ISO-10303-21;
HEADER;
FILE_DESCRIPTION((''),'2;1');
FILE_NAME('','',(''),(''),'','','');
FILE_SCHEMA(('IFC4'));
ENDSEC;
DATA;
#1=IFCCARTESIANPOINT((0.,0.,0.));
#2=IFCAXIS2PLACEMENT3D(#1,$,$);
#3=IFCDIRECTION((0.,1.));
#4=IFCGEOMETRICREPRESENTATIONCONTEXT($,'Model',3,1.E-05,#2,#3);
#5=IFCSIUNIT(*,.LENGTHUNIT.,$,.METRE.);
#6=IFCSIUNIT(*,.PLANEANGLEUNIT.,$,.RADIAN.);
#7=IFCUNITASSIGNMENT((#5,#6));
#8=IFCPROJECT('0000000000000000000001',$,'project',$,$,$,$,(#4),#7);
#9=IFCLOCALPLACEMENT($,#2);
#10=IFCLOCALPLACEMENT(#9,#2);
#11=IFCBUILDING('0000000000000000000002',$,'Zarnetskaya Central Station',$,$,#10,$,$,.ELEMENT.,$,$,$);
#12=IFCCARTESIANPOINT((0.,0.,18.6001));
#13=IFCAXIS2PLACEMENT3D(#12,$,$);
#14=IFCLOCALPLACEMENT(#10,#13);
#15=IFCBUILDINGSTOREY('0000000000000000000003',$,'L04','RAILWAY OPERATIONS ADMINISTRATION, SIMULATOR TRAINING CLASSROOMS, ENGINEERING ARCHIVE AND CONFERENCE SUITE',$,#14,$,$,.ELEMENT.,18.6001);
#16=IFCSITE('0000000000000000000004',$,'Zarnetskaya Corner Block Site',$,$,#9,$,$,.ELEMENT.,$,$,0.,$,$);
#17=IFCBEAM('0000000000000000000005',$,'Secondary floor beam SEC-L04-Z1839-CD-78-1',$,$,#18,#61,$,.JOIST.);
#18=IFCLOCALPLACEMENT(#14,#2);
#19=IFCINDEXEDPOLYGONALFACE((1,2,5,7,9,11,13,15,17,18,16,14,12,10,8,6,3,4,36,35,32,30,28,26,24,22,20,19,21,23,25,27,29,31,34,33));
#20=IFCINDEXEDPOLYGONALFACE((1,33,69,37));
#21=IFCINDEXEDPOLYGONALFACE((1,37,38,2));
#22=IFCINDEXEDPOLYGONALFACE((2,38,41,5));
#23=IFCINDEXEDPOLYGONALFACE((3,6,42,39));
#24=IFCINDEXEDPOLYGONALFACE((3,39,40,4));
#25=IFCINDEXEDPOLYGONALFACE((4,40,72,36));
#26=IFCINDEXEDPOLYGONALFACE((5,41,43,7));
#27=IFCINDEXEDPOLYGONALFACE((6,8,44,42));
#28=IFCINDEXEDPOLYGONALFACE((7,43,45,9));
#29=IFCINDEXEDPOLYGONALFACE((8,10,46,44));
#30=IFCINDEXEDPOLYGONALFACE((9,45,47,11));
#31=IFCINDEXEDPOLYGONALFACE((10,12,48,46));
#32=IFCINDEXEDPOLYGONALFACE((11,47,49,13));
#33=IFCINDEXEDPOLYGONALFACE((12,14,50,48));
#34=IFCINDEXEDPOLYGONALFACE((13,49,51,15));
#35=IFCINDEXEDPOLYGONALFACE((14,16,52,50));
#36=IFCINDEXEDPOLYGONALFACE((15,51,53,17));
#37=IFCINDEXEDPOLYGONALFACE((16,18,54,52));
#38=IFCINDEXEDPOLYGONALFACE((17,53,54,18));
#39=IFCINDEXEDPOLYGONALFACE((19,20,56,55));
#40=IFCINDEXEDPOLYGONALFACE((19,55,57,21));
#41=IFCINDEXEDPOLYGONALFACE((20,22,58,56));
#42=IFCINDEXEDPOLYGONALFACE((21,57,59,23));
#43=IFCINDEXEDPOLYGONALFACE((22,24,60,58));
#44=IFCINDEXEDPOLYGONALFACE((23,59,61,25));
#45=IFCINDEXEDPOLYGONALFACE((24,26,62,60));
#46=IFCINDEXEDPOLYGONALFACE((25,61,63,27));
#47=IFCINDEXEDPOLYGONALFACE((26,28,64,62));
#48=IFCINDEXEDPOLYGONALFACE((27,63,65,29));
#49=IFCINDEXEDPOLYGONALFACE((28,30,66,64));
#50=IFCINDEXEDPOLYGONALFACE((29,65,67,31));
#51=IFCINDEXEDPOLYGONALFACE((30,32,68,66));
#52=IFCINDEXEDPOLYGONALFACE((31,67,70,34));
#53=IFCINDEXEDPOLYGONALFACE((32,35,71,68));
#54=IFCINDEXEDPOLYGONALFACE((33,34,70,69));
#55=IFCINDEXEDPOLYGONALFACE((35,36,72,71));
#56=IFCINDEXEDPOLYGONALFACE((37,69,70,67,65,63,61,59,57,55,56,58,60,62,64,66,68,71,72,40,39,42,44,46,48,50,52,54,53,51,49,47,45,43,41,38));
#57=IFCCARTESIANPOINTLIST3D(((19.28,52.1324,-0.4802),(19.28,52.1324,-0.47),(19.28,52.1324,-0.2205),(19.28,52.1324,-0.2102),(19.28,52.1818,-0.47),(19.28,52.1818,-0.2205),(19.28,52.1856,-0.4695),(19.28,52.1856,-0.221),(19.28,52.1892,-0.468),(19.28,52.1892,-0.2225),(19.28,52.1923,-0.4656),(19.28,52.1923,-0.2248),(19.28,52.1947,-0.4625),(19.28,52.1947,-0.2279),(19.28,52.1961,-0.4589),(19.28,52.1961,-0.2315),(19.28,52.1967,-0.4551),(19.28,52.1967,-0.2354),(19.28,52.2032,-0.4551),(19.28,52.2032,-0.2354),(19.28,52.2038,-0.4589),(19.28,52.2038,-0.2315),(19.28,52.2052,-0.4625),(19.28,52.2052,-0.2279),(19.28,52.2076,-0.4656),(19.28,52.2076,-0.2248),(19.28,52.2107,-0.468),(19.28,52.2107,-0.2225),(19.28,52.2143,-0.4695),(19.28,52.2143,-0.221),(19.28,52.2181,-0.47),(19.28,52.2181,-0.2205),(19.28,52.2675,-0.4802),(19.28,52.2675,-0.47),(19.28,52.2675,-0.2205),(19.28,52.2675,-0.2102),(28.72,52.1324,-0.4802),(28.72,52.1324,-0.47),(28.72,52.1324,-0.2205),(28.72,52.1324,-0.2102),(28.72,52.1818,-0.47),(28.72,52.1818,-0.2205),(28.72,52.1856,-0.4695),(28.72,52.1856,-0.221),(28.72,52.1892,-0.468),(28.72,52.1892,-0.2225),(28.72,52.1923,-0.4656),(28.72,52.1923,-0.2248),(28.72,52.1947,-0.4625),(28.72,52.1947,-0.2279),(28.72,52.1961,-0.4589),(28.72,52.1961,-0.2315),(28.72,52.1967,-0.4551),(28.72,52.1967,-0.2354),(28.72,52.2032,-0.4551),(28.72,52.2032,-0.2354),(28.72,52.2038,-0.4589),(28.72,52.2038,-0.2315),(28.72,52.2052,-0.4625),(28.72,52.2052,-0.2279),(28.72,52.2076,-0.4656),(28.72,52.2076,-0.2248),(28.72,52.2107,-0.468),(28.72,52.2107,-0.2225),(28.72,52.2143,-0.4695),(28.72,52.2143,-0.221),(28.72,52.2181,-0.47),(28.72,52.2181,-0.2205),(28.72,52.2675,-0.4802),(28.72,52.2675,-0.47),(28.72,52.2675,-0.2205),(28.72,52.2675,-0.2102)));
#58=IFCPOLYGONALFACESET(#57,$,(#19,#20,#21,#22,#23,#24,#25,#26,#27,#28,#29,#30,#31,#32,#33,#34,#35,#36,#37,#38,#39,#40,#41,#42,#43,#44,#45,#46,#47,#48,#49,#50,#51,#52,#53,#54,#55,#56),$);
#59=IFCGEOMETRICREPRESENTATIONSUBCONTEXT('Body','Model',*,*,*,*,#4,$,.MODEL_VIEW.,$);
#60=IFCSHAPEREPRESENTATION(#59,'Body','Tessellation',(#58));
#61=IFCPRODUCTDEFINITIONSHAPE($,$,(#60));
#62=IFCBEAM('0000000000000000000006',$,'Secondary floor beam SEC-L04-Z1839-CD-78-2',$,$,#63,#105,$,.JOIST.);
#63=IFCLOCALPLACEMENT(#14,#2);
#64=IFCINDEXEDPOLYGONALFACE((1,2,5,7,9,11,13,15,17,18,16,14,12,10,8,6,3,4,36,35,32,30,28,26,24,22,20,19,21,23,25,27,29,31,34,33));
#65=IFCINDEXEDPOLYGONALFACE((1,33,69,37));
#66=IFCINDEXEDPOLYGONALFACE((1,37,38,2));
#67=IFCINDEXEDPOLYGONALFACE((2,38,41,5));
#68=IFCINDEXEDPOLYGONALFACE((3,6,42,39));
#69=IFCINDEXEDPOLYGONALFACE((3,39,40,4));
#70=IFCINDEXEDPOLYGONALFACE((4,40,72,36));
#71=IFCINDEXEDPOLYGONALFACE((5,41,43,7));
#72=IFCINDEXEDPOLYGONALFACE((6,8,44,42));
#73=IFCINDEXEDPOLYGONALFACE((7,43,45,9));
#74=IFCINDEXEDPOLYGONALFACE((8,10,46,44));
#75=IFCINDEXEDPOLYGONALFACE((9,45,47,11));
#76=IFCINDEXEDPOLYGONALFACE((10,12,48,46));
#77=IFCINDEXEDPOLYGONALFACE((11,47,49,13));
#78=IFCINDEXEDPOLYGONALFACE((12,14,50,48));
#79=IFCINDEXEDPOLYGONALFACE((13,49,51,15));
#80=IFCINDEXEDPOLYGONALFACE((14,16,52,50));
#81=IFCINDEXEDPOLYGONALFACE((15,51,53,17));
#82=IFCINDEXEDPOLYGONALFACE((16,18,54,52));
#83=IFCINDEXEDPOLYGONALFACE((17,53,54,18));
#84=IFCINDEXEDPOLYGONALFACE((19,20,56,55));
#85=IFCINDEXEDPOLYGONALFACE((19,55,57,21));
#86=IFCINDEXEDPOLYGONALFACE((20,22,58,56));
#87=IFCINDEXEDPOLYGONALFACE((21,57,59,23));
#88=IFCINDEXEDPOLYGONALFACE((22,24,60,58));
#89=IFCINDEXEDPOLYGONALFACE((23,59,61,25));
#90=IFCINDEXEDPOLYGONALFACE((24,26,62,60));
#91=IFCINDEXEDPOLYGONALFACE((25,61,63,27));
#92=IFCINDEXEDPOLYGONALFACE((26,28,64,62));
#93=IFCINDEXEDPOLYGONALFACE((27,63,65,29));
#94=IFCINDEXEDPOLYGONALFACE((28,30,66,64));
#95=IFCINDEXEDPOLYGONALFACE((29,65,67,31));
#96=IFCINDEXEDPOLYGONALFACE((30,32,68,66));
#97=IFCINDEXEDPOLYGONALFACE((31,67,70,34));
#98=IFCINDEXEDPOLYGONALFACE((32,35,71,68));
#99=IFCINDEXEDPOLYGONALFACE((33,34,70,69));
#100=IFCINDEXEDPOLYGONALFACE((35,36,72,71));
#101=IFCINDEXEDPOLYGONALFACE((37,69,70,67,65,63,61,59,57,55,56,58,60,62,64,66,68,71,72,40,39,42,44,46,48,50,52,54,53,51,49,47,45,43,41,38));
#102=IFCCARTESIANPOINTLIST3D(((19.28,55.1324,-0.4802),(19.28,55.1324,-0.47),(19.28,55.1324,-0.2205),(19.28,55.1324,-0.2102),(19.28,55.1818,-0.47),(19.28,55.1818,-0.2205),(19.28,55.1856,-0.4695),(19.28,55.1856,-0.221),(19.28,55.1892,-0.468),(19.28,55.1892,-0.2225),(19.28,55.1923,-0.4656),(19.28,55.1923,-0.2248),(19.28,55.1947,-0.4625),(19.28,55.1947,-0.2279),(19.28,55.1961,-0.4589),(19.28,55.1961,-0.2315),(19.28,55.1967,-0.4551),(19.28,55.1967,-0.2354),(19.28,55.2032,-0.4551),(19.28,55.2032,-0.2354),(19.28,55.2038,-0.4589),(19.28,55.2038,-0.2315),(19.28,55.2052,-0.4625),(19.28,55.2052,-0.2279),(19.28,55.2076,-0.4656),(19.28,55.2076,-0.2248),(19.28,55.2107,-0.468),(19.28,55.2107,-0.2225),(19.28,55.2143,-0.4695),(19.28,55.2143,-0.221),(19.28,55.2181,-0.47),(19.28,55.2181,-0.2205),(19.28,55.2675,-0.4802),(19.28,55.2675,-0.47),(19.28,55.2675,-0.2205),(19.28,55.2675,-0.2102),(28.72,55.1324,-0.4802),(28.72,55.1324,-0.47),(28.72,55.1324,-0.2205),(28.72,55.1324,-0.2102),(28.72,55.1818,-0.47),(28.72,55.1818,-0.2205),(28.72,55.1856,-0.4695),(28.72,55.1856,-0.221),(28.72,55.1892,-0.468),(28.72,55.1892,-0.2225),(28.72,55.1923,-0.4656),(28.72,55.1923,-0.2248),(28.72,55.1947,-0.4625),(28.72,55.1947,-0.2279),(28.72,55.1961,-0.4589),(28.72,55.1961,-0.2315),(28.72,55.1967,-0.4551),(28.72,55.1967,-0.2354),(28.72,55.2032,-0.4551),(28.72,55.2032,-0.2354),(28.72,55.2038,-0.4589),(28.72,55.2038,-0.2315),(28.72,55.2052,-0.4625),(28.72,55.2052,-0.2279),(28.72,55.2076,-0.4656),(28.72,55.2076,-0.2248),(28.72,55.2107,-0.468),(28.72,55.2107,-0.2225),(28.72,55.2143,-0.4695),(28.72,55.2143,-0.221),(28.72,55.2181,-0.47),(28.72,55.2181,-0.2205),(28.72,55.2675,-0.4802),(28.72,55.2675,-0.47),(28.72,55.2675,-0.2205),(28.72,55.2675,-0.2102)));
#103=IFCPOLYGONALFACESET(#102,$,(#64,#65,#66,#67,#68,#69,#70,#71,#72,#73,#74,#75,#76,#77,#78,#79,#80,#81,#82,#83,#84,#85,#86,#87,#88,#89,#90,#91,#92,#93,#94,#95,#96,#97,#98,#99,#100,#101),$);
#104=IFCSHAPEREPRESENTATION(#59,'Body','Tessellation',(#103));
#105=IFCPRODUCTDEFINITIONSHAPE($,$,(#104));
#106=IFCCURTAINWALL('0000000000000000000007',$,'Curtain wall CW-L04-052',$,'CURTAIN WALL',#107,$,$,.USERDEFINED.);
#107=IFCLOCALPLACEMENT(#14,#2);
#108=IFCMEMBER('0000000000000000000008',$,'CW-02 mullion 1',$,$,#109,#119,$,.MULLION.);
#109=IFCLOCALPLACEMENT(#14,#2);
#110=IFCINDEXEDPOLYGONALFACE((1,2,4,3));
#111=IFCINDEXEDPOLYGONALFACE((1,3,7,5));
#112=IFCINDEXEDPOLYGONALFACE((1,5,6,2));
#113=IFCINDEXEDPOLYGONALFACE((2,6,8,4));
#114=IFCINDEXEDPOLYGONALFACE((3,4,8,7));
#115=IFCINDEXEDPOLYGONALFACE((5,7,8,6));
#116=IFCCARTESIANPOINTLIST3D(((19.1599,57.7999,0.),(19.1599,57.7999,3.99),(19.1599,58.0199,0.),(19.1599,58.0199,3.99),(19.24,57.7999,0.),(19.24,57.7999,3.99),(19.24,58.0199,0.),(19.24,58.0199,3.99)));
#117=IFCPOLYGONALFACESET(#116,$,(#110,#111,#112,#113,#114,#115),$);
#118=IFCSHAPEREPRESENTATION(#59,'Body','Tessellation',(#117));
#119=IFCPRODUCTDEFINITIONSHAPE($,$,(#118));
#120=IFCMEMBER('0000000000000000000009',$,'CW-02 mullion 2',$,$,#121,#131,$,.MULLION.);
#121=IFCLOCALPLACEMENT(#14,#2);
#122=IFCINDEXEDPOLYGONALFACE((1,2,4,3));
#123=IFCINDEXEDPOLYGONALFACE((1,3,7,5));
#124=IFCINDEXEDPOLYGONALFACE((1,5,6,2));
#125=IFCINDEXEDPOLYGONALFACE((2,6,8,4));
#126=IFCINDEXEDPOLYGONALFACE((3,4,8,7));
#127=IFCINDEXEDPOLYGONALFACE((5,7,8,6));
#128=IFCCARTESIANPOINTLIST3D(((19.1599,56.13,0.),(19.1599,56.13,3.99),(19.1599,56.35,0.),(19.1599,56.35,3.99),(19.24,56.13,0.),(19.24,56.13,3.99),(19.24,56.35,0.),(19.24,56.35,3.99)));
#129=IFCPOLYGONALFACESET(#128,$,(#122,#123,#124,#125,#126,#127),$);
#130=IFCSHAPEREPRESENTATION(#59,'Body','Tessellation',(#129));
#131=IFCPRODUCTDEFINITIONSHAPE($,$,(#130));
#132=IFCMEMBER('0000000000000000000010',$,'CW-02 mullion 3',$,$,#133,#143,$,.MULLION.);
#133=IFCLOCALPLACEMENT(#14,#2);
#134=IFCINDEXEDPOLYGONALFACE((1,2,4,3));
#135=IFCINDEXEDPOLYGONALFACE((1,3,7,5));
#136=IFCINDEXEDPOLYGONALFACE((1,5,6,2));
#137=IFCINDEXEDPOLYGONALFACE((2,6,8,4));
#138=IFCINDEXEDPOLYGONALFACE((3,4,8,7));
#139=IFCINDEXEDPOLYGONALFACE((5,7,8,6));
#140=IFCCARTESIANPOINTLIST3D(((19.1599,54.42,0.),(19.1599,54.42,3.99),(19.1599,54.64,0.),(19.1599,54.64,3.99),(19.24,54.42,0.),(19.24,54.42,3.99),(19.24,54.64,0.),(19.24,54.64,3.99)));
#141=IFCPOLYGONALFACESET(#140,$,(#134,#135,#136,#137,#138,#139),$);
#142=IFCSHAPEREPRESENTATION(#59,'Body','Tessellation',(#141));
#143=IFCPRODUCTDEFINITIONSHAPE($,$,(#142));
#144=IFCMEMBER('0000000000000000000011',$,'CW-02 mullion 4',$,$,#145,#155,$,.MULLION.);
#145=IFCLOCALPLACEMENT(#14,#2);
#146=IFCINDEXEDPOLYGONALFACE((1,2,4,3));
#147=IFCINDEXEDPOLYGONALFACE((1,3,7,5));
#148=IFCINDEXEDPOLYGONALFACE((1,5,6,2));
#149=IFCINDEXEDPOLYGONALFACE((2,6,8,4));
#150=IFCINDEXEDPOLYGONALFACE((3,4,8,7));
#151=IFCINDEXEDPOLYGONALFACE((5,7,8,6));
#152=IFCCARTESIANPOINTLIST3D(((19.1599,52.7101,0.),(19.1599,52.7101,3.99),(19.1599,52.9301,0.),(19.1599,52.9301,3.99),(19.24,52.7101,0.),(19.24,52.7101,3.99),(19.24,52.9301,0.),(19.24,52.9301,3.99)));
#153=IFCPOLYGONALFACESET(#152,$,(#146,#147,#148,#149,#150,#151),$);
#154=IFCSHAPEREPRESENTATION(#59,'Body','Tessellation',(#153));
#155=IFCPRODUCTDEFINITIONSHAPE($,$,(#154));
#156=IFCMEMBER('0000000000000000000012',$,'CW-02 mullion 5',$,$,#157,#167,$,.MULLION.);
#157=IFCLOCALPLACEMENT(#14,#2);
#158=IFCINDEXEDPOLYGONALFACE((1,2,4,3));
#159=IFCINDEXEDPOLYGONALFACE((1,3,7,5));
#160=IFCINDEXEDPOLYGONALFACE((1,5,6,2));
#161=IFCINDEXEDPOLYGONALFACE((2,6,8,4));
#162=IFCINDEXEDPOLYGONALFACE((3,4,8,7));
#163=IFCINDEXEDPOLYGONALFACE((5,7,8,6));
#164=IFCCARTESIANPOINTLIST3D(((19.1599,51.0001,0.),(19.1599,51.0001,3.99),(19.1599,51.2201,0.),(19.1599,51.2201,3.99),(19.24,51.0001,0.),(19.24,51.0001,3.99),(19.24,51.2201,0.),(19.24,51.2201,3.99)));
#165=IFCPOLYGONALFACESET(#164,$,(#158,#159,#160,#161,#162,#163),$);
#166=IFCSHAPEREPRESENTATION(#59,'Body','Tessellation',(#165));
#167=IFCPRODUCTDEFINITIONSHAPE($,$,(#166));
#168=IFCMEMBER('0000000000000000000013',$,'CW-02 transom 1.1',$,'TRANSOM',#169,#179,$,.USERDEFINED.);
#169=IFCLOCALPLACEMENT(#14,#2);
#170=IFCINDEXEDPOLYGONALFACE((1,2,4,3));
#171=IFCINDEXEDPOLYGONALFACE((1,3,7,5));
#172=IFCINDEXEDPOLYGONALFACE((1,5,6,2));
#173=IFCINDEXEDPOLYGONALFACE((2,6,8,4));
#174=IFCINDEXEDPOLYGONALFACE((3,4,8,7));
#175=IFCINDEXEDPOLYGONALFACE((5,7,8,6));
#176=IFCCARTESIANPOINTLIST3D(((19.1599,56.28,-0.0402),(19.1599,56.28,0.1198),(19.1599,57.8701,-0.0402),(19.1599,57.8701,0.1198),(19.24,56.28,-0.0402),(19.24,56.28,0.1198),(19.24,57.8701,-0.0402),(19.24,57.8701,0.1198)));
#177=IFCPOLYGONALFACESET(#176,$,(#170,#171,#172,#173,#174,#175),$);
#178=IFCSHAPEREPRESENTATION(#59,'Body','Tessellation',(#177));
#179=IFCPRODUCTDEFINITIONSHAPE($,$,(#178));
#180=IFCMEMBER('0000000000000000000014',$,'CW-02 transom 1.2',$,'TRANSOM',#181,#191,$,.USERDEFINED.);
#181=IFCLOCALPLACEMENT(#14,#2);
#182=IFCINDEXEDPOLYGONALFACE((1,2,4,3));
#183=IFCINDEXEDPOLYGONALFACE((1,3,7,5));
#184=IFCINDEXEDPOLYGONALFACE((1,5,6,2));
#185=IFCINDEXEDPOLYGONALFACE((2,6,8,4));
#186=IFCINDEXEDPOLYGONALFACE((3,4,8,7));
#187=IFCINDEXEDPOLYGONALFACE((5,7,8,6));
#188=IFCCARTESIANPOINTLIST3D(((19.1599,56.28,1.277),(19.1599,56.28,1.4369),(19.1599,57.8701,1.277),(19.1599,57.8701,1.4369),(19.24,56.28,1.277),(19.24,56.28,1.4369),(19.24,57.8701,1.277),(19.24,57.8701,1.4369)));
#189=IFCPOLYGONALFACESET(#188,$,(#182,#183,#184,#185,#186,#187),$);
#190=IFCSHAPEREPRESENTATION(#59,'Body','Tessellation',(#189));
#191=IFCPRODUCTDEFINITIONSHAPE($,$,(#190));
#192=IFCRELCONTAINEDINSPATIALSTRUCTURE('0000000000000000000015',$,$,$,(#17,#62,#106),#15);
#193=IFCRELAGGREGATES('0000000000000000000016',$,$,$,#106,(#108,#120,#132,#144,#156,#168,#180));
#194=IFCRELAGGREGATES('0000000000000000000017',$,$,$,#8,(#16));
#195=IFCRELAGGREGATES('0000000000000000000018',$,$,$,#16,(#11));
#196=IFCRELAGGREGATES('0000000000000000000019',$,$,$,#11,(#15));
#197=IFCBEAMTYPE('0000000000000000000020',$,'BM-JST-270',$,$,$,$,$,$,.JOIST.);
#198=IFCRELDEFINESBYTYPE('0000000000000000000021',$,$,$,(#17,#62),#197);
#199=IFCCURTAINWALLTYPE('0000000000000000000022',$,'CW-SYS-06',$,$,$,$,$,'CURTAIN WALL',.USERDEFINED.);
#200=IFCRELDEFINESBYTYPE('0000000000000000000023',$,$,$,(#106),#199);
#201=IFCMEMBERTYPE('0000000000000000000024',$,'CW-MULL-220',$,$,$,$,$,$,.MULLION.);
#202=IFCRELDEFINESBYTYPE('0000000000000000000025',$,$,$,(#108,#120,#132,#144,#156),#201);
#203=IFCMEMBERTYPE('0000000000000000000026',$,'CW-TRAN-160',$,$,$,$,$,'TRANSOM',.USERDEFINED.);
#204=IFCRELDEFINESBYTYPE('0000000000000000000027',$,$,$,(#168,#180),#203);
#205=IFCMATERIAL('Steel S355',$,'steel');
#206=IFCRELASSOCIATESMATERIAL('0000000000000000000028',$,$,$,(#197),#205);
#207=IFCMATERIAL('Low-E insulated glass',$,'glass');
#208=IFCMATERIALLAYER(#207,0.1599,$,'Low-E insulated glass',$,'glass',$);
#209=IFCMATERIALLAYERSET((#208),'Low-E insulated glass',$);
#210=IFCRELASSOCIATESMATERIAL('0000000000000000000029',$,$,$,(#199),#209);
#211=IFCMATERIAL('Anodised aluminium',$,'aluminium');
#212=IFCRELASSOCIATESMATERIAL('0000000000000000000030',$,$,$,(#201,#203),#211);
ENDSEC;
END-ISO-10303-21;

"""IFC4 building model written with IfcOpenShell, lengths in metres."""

from ifc_helpers import new_model, si_unit, direction, frame, origin, origin_2d, place, context, subcontext, project, spatial, rectangle, i_section, extrude, material, layer, layer_set, material_profile, profile_set, type_object, element, aggregate, save


model = new_model("IFC4")

# Units and contexts
model_context = context("Model", 3, precision=1e-05, world=origin(), true_north=direction((0.0, 1.0)))
body_context = subcontext(model_context, "Body", "Model", "MODEL_VIEW")
ifc_project = project(units=[si_unit("LENGTHUNIT", "METRE"), si_unit("PLANEANGLEUNIT", "RADIAN")], contexts=[model_context])

# Site, building, storey
site_placement = place(None, origin())
site = spatial("IfcSite", under=ifc_project, at=site_placement, Name="Zarnetskaya Corner Block Site", CompositionType="ELEMENT", RefElevation=0.0)
building_placement = place(site_placement, origin())
building = spatial("IfcBuilding", under=site, at=building_placement, Name="Zarnetskaya Central Station", CompositionType="ELEMENT")
storey_placement = place(building_placement, frame((0.0, 0.0, 18.6001)))
storey = spatial("IfcBuildingStorey", under=building, at=storey_placement, Name="L04", Description="RAILWAY OPERATIONS ADMINISTRATION, SIMULATOR TRAINING CLASSROOMS, ENGINEERING ARCHIVE AND CONFERENCE SUITE", CompositionType="ELEMENT", Elevation=18.6001)

# Beams
ifc_material_1 = material(Name="Steel S355", Category="steel")
ifc_material_profile_1 = material_profile(ifc_material_1, i_section(OverallWidth=0.135, OverallDepth=0.27, WebThickness=0.0066, FlangeThickness=0.0103, FilletRadius=0.0149, at=origin_2d()), Name="IPE 270")
ifc_profile_set_1 = profile_set([ifc_material_profile_1], Name="Steel S355")
beam_type_1 = type_object("IfcBeamType", Name="BM-JST-270", PredefinedType="JOIST", material=ifc_profile_set_1)
for number, where, z_axis, x_axis, name in (
    (1, (19.28, 52.2, -0.3452), (1.0, 0.0, 0.0), (0.0, 1.0, 0.0), "Secondary floor beam SEC-L04-Z1839-CD-78-1"),
    (2, (19.28, 55.2, -0.3452), (1.0, 0.0, 0.0), (0.0, 1.0, 0.0), "Secondary floor beam SEC-L04-Z1839-CD-78-2"),
):
    element("IfcBeam", number, at=place(storey_placement, frame(where, z_axis=z_axis, x_axis=x_axis)), inside=storey, type_object=beam_type_1, Name=name, PredefinedType="JOIST", context=body_context, shape_type="SweptSolid", body=[
        extrude(i_section(OverallWidth=0.135, OverallDepth=0.27, WebThickness=0.0066, FlangeThickness=0.0103, FilletRadius=0.0149, at=origin_2d()), origin(), (0.0, 0.0, 1.0), 9.4399),
    ])

# Curtain wall, members
ifc_material_2 = material(Name="Low-E insulated glass", Category="glass")
ifc_layer_1 = layer(ifc_material_2, 0.1599, Name="Low-E insulated glass", Category="glass")
ifc_layer_set_1 = layer_set([ifc_layer_1], Name="Low-E insulated glass")
curtain_wall_type = type_object("IfcCurtainWallType", Name="CW-SYS-06", ElementType="CURTAIN WALL", PredefinedType="USERDEFINED", material=ifc_layer_set_1)
curtain_wall_placement = place(storey_placement, origin())
curtain_wall = element("IfcCurtainWall", 3, at=curtain_wall_placement, inside=storey, type_object=curtain_wall_type, Name="Curtain wall CW-L04-052", ObjectType="CURTAIN WALL", PredefinedType="USERDEFINED")
ifc_material_3 = material(Name="Anodised aluminium", Category="aluminium")
ifc_material_profile_2 = material_profile(ifc_material_3, rectangle(XDim=0.0801, YDim=0.22, at=origin_2d()), Name="ALU MULL 80x220")
ifc_profile_set_2 = profile_set([ifc_material_profile_2], Name="Anodised aluminium")
member_type_1 = type_object("IfcMemberType", Name="CW-MULL-220", PredefinedType="MULLION", material=ifc_profile_set_2)
member_1_placement = place(storey_placement, frame((19.2, 57.9099, 0.0), z_axis=(0.0, 0.0, 1.0), x_axis=(1.0, 0.0, 0.0)))
member_1 = element("IfcMember", 4, at=member_1_placement, type_object=member_type_1, Name="CW-02 mullion 1", PredefinedType="MULLION", context=body_context, shape_type="SweptSolid", body=[
    extrude(rectangle(XDim=0.0801, YDim=0.22, at=origin_2d()), origin(), (0.0, 0.0, 1.0), 3.99),
])
member_2_placement = place(storey_placement, frame((19.2, 56.24, 0.0), z_axis=(0.0, 0.0, 1.0), x_axis=(1.0, 0.0, 0.0)))
member_2 = element("IfcMember", 5, at=member_2_placement, type_object=member_type_1, Name="CW-02 mullion 2", PredefinedType="MULLION", context=body_context, shape_type="SweptSolid", body=[
    extrude(rectangle(XDim=0.0801, YDim=0.22, at=origin_2d()), origin(), (0.0, 0.0, 1.0), 3.99),
])
member_3_placement = place(storey_placement, frame((19.2, 54.53, 0.0), z_axis=(0.0, 0.0, 1.0), x_axis=(1.0, 0.0, 0.0)))
member_3 = element("IfcMember", 6, at=member_3_placement, type_object=member_type_1, Name="CW-02 mullion 3", PredefinedType="MULLION", context=body_context, shape_type="SweptSolid", body=[
    extrude(rectangle(XDim=0.0801, YDim=0.22, at=origin_2d()), origin(), (0.0, 0.0, 1.0), 3.99),
])
member_4_placement = place(storey_placement, frame((19.2, 52.8201, 0.0), z_axis=(0.0, 0.0, 1.0), x_axis=(1.0, 0.0, 0.0)))
member_4 = element("IfcMember", 7, at=member_4_placement, type_object=member_type_1, Name="CW-02 mullion 4", PredefinedType="MULLION", context=body_context, shape_type="SweptSolid", body=[
    extrude(rectangle(XDim=0.0801, YDim=0.22, at=origin_2d()), origin(), (0.0, 0.0, 1.0), 3.99),
])
member_5_placement = place(storey_placement, frame((19.2, 51.1101, 0.0), z_axis=(0.0, 0.0, 1.0), x_axis=(1.0, 0.0, 0.0)))
member_5 = element("IfcMember", 8, at=member_5_placement, type_object=member_type_1, Name="CW-02 mullion 5", PredefinedType="MULLION", context=body_context, shape_type="SweptSolid", body=[
    extrude(rectangle(XDim=0.0801, YDim=0.22, at=origin_2d()), origin(), (0.0, 0.0, 1.0), 3.99),
])
ifc_material_profile_3 = material_profile(ifc_material_3, rectangle(XDim=0.0801, YDim=0.1599, at=origin_2d()), Name="ALU TRAN 80x160")
ifc_profile_set_3 = profile_set([ifc_material_profile_3], Name="Anodised aluminium")
member_type_2 = type_object("IfcMemberType", Name="CW-TRAN-160", ElementType="TRANSOM", PredefinedType="USERDEFINED", material=ifc_profile_set_3)
member_6_placement = place(storey_placement, frame((19.2, 57.8701, 0.0398), z_axis=(0.0, -1.0, 0.0), x_axis=(1.0, 0.0, 0.0)))
member_6 = element("IfcMember", 9, at=member_6_placement, type_object=member_type_2, Name="CW-02 transom 1.1", ObjectType="TRANSOM", PredefinedType="USERDEFINED", context=body_context, shape_type="SweptSolid", body=[
    extrude(rectangle(XDim=0.0801, YDim=0.1599, at=origin_2d()), origin(), (0.0, 0.0, 1.0), 1.5901),
])
member_7_placement = place(storey_placement, frame((19.2, 57.8701, 1.3569), z_axis=(0.0, -1.0, 0.0), x_axis=(1.0, 0.0, 0.0)))
member_7 = element("IfcMember", 10, at=member_7_placement, type_object=member_type_2, Name="CW-02 transom 1.2", ObjectType="TRANSOM", PredefinedType="USERDEFINED", context=body_context, shape_type="SweptSolid", body=[
    extrude(rectangle(XDim=0.0801, YDim=0.1599, at=origin_2d()), origin(), (0.0, 0.0, 1.0), 1.5901),
])

aggregate(curtain_wall, [member_1, member_2, member_3, member_4, member_5, member_6, member_7])

save(model, "model.ifc")
